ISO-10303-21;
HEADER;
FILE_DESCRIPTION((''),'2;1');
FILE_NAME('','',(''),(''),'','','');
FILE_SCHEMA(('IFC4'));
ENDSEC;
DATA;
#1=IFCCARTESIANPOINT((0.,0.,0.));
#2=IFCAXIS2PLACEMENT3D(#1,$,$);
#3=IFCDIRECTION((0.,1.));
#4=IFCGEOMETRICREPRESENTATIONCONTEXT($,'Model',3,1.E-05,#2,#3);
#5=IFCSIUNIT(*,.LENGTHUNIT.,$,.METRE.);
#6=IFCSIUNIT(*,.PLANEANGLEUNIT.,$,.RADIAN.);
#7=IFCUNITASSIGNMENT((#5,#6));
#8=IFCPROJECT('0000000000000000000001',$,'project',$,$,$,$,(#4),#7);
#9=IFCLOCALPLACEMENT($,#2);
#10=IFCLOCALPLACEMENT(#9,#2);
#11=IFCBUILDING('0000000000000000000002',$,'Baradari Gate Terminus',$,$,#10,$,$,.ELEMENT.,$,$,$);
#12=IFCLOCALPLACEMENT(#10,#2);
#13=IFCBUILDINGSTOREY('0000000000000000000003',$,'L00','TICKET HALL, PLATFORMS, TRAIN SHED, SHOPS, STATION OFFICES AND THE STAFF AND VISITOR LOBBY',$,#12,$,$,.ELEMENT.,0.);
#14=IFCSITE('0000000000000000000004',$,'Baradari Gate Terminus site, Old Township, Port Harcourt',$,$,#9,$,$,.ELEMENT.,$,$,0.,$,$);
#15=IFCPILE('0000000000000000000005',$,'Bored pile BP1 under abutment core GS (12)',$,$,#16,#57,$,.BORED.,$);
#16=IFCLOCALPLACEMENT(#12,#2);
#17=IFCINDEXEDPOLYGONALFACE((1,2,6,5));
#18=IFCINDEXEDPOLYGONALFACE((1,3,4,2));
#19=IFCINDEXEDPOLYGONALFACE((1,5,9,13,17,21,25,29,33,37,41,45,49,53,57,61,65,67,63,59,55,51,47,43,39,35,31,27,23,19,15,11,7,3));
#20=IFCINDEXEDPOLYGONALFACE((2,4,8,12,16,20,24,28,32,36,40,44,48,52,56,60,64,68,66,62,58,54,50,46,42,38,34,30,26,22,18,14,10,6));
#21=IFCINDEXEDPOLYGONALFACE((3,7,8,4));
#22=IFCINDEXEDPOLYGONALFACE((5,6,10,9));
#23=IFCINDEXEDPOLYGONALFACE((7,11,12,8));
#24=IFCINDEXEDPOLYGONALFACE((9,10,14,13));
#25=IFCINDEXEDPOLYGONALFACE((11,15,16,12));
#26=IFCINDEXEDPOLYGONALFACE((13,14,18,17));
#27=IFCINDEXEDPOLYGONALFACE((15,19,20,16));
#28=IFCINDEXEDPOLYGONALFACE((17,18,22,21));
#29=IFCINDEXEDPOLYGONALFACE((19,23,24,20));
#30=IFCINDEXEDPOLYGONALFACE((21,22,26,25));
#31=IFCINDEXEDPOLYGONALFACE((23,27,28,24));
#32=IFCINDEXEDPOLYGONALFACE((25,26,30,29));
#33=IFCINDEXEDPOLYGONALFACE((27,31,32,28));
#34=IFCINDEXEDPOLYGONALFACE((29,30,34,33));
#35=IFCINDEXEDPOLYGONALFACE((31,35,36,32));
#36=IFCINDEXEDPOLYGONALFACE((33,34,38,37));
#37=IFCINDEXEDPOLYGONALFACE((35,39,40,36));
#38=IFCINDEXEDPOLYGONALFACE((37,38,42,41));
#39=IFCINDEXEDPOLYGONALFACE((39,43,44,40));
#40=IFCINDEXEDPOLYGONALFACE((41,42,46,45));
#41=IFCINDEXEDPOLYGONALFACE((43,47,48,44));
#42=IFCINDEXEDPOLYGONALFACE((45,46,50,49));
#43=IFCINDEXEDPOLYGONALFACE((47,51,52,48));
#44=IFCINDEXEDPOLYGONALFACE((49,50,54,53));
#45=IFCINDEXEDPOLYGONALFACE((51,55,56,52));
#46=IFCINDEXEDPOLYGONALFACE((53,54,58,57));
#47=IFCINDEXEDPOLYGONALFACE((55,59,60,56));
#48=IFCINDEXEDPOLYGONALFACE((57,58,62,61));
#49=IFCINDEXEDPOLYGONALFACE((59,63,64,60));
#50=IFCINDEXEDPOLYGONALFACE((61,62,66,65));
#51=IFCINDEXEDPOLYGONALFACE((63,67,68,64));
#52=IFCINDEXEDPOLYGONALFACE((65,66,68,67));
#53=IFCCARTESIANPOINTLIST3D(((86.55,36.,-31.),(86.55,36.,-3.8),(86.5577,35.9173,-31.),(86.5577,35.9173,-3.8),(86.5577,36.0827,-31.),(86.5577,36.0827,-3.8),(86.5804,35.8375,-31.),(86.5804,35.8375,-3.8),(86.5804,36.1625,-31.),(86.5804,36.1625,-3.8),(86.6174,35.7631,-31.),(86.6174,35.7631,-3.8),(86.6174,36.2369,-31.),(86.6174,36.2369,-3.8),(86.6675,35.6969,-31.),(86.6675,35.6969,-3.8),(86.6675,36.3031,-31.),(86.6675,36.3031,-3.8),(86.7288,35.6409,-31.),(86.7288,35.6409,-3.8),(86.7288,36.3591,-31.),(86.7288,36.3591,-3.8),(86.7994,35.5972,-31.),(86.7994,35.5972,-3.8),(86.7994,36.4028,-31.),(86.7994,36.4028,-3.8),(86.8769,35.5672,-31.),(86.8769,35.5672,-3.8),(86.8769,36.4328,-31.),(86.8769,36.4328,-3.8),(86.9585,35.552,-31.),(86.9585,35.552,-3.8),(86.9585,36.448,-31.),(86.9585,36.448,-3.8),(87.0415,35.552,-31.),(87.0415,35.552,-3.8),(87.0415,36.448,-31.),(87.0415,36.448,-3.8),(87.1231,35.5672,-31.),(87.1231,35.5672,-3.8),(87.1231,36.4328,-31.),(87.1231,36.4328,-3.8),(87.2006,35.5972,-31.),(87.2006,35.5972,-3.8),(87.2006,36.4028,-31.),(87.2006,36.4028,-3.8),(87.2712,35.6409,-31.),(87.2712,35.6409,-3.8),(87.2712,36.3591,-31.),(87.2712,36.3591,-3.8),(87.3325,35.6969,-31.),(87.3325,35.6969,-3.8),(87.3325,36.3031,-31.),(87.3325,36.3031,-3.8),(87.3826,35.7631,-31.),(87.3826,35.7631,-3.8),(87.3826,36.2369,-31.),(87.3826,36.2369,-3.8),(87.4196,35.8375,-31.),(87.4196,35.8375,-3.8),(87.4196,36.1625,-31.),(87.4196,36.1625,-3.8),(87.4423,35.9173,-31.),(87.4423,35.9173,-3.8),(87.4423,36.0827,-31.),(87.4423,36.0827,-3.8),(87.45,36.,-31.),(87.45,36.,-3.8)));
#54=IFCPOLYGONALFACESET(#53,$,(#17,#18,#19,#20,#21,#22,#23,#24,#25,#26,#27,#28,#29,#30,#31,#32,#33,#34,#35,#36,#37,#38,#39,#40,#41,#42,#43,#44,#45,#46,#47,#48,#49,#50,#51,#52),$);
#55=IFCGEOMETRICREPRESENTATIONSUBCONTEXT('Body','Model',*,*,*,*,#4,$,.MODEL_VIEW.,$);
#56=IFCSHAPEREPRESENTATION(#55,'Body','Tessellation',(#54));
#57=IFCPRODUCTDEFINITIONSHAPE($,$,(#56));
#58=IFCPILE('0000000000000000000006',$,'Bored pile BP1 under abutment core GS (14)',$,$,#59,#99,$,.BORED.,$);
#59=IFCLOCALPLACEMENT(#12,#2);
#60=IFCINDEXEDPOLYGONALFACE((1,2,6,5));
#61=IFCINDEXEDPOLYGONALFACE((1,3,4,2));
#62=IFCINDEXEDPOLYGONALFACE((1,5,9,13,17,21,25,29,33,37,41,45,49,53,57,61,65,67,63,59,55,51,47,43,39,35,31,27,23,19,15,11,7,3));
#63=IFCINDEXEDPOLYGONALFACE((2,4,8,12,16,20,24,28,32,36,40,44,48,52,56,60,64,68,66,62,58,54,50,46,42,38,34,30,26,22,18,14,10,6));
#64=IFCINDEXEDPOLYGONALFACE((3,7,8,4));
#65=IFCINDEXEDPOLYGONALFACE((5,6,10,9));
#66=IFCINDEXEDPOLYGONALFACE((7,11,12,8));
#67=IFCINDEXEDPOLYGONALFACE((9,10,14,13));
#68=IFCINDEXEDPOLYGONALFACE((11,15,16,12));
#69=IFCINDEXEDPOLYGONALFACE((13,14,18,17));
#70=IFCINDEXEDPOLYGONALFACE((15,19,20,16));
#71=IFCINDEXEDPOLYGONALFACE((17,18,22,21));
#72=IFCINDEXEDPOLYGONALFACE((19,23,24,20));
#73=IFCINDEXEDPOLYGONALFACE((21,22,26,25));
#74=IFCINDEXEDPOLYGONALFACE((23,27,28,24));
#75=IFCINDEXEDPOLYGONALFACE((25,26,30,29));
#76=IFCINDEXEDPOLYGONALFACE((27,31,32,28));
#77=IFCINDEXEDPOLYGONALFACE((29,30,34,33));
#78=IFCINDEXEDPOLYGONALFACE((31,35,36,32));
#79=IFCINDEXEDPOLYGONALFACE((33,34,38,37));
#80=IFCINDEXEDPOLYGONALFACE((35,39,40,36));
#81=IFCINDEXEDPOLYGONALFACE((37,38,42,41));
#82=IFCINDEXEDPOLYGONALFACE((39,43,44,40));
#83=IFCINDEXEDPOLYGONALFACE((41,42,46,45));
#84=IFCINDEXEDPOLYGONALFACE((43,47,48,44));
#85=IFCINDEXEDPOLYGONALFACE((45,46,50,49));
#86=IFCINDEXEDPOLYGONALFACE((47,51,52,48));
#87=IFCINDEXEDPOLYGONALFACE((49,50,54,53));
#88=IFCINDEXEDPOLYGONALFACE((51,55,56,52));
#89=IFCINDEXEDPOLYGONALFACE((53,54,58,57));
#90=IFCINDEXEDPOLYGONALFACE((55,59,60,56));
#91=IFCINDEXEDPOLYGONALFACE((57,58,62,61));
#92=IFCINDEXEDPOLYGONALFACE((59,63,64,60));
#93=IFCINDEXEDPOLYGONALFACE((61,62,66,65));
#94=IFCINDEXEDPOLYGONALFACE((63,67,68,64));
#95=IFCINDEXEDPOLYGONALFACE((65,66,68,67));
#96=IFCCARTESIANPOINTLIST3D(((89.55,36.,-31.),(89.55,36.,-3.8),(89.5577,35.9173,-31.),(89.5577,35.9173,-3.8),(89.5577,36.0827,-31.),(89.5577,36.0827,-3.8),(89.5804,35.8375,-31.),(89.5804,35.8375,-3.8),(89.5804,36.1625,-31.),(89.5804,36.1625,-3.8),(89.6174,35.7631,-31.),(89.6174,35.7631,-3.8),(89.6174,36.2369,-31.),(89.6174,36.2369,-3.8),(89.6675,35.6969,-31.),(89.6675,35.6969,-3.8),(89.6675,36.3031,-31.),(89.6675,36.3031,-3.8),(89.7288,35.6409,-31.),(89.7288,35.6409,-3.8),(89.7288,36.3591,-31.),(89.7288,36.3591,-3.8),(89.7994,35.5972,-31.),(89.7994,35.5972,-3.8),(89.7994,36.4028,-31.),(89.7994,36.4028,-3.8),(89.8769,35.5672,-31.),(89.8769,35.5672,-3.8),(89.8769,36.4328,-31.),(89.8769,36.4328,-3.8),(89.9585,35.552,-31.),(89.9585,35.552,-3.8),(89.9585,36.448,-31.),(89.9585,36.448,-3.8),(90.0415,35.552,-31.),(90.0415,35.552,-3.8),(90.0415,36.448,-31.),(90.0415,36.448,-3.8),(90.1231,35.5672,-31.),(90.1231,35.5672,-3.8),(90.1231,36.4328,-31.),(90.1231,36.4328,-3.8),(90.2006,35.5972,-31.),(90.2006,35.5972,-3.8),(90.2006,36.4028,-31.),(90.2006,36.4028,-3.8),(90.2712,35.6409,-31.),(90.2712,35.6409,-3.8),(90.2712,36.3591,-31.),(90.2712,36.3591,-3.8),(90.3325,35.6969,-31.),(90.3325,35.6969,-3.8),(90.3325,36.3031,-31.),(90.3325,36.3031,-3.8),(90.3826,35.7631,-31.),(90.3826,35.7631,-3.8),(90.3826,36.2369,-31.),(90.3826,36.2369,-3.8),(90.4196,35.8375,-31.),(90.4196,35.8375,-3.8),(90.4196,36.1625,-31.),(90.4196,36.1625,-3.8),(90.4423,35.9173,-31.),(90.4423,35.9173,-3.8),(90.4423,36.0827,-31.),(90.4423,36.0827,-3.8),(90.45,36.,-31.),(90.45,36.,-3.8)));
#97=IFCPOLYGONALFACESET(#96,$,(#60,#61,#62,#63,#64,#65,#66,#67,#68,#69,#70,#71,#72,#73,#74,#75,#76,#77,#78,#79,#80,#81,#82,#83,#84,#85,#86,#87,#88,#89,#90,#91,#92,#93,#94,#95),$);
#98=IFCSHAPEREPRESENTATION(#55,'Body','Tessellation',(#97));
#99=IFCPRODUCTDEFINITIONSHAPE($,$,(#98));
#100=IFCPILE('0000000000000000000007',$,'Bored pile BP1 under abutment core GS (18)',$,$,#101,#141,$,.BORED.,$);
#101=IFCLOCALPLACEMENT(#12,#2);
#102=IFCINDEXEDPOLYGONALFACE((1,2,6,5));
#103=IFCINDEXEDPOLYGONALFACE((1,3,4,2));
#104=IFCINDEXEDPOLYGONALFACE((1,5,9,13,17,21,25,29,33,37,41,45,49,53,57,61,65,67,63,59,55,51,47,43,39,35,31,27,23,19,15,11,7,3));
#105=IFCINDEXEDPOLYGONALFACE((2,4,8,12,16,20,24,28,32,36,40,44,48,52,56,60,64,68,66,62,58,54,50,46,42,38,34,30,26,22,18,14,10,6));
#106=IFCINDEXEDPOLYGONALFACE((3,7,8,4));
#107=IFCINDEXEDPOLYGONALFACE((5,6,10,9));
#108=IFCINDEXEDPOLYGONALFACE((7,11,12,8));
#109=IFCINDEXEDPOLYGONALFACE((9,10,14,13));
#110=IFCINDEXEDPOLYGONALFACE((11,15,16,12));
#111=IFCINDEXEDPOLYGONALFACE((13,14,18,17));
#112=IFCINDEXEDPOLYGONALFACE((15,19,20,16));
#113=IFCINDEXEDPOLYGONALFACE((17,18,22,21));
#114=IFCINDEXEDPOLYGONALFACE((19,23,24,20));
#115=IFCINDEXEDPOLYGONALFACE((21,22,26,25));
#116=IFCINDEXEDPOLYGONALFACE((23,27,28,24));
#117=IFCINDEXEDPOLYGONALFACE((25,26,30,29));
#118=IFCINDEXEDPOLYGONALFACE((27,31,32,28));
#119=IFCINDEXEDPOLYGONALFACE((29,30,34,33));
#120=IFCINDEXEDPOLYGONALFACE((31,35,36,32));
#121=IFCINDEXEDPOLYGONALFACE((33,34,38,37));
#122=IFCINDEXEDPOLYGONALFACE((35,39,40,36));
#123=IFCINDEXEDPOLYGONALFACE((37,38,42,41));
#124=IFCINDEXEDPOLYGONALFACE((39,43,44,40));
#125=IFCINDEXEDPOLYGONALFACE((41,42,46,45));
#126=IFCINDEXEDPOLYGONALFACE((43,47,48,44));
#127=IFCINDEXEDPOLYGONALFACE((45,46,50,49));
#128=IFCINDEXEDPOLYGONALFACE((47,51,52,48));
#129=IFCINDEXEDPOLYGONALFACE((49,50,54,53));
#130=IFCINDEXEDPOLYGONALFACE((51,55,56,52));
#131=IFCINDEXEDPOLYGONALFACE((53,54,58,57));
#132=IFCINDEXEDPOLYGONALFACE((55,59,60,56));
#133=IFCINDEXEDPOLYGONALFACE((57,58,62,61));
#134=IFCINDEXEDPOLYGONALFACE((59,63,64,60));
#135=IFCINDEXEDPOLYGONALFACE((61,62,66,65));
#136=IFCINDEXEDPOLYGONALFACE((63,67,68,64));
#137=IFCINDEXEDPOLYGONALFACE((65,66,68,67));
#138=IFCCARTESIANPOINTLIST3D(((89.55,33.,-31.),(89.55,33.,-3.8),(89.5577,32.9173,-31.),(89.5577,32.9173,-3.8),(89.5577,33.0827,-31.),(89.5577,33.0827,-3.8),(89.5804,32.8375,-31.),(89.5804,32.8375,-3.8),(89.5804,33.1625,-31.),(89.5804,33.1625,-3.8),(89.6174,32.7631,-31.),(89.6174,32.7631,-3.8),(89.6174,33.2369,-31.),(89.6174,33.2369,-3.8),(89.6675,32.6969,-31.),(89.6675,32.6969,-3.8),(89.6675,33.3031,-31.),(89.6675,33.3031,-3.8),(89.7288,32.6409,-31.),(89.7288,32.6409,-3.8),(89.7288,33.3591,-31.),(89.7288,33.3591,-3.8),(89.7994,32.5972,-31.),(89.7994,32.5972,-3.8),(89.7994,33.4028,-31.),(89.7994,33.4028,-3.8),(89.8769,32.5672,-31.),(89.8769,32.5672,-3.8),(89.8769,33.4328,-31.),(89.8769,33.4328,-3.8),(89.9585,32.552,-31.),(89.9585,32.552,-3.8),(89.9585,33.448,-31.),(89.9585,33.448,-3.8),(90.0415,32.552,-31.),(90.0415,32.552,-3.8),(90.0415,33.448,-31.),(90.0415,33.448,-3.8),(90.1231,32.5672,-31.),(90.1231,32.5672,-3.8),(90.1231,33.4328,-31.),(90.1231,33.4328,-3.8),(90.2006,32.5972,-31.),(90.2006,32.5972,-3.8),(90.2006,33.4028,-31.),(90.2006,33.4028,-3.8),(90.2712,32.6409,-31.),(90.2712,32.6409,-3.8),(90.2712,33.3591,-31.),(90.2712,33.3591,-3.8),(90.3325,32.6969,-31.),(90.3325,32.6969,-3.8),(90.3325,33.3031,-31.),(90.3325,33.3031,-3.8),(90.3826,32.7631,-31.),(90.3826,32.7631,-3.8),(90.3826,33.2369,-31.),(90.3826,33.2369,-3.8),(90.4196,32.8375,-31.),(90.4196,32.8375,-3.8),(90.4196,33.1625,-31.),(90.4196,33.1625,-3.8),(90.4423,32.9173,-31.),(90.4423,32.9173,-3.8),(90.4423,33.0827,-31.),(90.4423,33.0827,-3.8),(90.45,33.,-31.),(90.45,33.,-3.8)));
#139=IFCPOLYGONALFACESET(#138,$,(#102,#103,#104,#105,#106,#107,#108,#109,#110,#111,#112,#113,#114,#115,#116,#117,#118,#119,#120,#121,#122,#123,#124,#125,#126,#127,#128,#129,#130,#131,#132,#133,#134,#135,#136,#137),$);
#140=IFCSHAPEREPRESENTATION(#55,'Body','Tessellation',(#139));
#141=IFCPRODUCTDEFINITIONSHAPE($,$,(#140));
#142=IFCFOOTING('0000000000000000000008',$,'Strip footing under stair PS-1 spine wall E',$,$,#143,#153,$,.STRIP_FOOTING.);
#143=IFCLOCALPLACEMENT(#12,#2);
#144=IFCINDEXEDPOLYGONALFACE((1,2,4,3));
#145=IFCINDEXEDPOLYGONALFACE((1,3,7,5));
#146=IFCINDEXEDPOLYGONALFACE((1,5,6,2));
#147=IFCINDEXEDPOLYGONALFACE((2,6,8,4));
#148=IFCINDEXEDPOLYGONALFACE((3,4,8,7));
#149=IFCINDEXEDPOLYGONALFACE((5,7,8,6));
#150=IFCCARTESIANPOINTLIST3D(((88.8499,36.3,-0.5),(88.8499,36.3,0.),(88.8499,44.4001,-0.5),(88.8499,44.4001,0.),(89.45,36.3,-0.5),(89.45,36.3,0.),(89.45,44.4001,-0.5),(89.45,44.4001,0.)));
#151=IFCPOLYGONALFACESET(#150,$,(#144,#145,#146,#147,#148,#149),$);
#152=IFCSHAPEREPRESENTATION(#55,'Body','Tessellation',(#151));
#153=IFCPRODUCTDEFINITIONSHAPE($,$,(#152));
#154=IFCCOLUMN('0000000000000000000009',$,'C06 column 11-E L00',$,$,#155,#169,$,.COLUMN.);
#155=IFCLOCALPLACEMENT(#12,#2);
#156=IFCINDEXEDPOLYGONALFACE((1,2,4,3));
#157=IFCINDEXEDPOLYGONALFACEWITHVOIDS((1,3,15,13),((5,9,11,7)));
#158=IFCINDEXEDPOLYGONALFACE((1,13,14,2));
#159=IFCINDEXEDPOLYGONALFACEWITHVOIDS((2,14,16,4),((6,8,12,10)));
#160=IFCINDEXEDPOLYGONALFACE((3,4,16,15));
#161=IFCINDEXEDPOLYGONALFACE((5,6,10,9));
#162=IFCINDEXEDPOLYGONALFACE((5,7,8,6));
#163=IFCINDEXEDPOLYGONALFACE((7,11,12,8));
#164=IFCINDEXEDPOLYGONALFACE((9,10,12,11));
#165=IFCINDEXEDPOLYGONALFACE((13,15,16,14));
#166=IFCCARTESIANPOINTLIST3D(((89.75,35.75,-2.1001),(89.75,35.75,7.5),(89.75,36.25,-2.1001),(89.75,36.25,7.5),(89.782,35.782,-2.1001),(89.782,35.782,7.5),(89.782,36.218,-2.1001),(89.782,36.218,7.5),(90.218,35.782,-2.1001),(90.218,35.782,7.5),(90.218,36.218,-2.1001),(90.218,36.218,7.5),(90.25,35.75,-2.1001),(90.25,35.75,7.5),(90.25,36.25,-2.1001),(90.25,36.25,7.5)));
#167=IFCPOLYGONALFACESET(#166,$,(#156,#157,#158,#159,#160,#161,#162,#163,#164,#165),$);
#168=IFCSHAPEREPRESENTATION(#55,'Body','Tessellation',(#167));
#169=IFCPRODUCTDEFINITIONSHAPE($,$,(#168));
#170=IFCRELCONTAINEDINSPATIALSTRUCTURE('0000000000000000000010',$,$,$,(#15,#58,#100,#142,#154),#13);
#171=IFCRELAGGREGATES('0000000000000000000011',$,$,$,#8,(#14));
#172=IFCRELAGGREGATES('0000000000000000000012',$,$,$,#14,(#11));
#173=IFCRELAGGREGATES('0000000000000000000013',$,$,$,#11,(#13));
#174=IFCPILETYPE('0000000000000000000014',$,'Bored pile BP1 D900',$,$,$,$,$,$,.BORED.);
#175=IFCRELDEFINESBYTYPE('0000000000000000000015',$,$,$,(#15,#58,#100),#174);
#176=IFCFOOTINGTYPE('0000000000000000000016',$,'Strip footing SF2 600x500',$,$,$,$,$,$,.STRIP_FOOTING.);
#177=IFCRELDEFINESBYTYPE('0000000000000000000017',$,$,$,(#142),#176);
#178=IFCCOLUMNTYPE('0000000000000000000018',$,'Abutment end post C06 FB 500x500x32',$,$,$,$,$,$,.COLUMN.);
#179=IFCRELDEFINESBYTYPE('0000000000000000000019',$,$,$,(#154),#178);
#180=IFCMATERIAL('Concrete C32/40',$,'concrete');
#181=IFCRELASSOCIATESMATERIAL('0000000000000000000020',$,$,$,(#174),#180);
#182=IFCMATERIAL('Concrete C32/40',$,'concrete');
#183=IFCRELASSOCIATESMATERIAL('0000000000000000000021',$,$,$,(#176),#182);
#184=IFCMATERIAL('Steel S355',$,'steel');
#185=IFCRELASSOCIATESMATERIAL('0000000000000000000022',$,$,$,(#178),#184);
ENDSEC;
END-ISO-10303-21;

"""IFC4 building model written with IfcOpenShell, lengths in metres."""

from ifc_helpers import new_model, si_unit, direction, frame, origin, origin_2d, place, context, subcontext, project, spatial, rectangle, hollow_rectangle, circle, extrude, material, material_profile, profile_set, type_object, element, save


model = new_model("IFC4")

# Units and contexts
model_context = context("Model", 3, precision=1e-05, world=origin(), true_north=direction((0.0, 1.0)))
body_context = subcontext(model_context, "Body", "Model", "MODEL_VIEW")
ifc_project = project(units=[si_unit("LENGTHUNIT", "METRE"), si_unit("PLANEANGLEUNIT", "RADIAN")], contexts=[model_context])

# Site, building, storey
site_placement = place(None, origin())
site = spatial("IfcSite", under=ifc_project, at=site_placement, Name="Baradari Gate Terminus site, Old Township, Port Harcourt", CompositionType="ELEMENT", RefElevation=0.0)
building_placement = place(site_placement, origin())
building = spatial("IfcBuilding", under=site, at=building_placement, Name="Baradari Gate Terminus", CompositionType="ELEMENT")
storey_placement = place(building_placement, origin())
storey = spatial("IfcBuildingStorey", under=building, at=storey_placement, Name="L00", Description="TICKET HALL, PLATFORMS, TRAIN SHED, SHOPS, STATION OFFICES AND THE STAFF AND VISITOR LOBBY", CompositionType="ELEMENT", Elevation=0.0)

# Piles
ifc_material_1 = material(Name="Concrete C32/40", Category="concrete")
pile_type = type_object("IfcPileType", Name="Bored pile BP1 D900", PredefinedType="BORED", material=ifc_material_1)
for number, where, z_axis, x_axis, name in (
    (1, (87.0, 36.0, -3.8), (0.0, 0.0, -1.0), (1.0, 0.0, 0.0), "Bored pile BP1 under abutment core GS (12)"),
    (2, (90.0, 36.0, -3.8), (0.0, 0.0, -1.0), (1.0, 0.0, 0.0), "Bored pile BP1 under abutment core GS (14)"),
    (3, (90.0, 33.0, -3.8), (0.0, 0.0, -1.0), (1.0, 0.0, 0.0), "Bored pile BP1 under abutment core GS (18)"),
):
    element("IfcPile", number, at=place(storey_placement, frame(where, z_axis=z_axis, x_axis=x_axis)), inside=storey, type_object=pile_type, Name=name, PredefinedType="BORED", context=body_context, shape_type="SweptSolid", body=[
        extrude(circle(Radius=0.45, at=origin_2d()), origin(), (0.0, 0.0, 1.0), 27.2),
    ])

# Footing
ifc_material_2 = material(Name="Concrete C32/40", Category="concrete")
footing_type = type_object("IfcFootingType", Name="Strip footing SF2 600x500", PredefinedType="STRIP_FOOTING", material=ifc_material_2)
footing_placement = place(storey_placement, frame((89.1499, 40.3501, -0.5), z_axis=(0.0, 0.0, 1.0), x_axis=(1.0, 0.0, 0.0)))
element("IfcFooting", 4, at=footing_placement, inside=storey, type_object=footing_type, Name="Strip footing under stair PS-1 spine wall E", PredefinedType="STRIP_FOOTING", context=body_context, shape_type="SweptSolid", body=[
    extrude(rectangle(XDim=0.6001, YDim=8.1001, at=origin_2d()), origin(), (0.0, 0.0, 1.0), 0.5),
])

# Column
ifc_material_3 = material(Name="Steel S355", Category="steel")
ifc_material_profile = material_profile(ifc_material_3, hollow_rectangle(XDim=0.5, YDim=0.5, WallThickness=0.032, at=origin_2d()), Name="FB 500x500x32")
ifc_profile_set = profile_set([ifc_material_profile], Name="Steel S355")
column_type = type_object("IfcColumnType", Name="Abutment end post C06 FB 500x500x32", PredefinedType="COLUMN", material=ifc_profile_set)
column_placement = place(storey_placement, frame((90.0, 36.0, -2.1001), z_axis=(0.0, 0.0, 1.0), x_axis=(1.0, 0.0, 0.0)))
element("IfcColumn", 5, at=column_placement, inside=storey, type_object=column_type, Name="C06 column 11-E L00", PredefinedType="COLUMN", context=body_context, shape_type="SweptSolid", body=[
    extrude(hollow_rectangle(XDim=0.5, YDim=0.5, WallThickness=0.032, at=origin_2d()), origin(), (0.0, 0.0, 1.0), 9.6001),
])

save(model, "model.ifc")
